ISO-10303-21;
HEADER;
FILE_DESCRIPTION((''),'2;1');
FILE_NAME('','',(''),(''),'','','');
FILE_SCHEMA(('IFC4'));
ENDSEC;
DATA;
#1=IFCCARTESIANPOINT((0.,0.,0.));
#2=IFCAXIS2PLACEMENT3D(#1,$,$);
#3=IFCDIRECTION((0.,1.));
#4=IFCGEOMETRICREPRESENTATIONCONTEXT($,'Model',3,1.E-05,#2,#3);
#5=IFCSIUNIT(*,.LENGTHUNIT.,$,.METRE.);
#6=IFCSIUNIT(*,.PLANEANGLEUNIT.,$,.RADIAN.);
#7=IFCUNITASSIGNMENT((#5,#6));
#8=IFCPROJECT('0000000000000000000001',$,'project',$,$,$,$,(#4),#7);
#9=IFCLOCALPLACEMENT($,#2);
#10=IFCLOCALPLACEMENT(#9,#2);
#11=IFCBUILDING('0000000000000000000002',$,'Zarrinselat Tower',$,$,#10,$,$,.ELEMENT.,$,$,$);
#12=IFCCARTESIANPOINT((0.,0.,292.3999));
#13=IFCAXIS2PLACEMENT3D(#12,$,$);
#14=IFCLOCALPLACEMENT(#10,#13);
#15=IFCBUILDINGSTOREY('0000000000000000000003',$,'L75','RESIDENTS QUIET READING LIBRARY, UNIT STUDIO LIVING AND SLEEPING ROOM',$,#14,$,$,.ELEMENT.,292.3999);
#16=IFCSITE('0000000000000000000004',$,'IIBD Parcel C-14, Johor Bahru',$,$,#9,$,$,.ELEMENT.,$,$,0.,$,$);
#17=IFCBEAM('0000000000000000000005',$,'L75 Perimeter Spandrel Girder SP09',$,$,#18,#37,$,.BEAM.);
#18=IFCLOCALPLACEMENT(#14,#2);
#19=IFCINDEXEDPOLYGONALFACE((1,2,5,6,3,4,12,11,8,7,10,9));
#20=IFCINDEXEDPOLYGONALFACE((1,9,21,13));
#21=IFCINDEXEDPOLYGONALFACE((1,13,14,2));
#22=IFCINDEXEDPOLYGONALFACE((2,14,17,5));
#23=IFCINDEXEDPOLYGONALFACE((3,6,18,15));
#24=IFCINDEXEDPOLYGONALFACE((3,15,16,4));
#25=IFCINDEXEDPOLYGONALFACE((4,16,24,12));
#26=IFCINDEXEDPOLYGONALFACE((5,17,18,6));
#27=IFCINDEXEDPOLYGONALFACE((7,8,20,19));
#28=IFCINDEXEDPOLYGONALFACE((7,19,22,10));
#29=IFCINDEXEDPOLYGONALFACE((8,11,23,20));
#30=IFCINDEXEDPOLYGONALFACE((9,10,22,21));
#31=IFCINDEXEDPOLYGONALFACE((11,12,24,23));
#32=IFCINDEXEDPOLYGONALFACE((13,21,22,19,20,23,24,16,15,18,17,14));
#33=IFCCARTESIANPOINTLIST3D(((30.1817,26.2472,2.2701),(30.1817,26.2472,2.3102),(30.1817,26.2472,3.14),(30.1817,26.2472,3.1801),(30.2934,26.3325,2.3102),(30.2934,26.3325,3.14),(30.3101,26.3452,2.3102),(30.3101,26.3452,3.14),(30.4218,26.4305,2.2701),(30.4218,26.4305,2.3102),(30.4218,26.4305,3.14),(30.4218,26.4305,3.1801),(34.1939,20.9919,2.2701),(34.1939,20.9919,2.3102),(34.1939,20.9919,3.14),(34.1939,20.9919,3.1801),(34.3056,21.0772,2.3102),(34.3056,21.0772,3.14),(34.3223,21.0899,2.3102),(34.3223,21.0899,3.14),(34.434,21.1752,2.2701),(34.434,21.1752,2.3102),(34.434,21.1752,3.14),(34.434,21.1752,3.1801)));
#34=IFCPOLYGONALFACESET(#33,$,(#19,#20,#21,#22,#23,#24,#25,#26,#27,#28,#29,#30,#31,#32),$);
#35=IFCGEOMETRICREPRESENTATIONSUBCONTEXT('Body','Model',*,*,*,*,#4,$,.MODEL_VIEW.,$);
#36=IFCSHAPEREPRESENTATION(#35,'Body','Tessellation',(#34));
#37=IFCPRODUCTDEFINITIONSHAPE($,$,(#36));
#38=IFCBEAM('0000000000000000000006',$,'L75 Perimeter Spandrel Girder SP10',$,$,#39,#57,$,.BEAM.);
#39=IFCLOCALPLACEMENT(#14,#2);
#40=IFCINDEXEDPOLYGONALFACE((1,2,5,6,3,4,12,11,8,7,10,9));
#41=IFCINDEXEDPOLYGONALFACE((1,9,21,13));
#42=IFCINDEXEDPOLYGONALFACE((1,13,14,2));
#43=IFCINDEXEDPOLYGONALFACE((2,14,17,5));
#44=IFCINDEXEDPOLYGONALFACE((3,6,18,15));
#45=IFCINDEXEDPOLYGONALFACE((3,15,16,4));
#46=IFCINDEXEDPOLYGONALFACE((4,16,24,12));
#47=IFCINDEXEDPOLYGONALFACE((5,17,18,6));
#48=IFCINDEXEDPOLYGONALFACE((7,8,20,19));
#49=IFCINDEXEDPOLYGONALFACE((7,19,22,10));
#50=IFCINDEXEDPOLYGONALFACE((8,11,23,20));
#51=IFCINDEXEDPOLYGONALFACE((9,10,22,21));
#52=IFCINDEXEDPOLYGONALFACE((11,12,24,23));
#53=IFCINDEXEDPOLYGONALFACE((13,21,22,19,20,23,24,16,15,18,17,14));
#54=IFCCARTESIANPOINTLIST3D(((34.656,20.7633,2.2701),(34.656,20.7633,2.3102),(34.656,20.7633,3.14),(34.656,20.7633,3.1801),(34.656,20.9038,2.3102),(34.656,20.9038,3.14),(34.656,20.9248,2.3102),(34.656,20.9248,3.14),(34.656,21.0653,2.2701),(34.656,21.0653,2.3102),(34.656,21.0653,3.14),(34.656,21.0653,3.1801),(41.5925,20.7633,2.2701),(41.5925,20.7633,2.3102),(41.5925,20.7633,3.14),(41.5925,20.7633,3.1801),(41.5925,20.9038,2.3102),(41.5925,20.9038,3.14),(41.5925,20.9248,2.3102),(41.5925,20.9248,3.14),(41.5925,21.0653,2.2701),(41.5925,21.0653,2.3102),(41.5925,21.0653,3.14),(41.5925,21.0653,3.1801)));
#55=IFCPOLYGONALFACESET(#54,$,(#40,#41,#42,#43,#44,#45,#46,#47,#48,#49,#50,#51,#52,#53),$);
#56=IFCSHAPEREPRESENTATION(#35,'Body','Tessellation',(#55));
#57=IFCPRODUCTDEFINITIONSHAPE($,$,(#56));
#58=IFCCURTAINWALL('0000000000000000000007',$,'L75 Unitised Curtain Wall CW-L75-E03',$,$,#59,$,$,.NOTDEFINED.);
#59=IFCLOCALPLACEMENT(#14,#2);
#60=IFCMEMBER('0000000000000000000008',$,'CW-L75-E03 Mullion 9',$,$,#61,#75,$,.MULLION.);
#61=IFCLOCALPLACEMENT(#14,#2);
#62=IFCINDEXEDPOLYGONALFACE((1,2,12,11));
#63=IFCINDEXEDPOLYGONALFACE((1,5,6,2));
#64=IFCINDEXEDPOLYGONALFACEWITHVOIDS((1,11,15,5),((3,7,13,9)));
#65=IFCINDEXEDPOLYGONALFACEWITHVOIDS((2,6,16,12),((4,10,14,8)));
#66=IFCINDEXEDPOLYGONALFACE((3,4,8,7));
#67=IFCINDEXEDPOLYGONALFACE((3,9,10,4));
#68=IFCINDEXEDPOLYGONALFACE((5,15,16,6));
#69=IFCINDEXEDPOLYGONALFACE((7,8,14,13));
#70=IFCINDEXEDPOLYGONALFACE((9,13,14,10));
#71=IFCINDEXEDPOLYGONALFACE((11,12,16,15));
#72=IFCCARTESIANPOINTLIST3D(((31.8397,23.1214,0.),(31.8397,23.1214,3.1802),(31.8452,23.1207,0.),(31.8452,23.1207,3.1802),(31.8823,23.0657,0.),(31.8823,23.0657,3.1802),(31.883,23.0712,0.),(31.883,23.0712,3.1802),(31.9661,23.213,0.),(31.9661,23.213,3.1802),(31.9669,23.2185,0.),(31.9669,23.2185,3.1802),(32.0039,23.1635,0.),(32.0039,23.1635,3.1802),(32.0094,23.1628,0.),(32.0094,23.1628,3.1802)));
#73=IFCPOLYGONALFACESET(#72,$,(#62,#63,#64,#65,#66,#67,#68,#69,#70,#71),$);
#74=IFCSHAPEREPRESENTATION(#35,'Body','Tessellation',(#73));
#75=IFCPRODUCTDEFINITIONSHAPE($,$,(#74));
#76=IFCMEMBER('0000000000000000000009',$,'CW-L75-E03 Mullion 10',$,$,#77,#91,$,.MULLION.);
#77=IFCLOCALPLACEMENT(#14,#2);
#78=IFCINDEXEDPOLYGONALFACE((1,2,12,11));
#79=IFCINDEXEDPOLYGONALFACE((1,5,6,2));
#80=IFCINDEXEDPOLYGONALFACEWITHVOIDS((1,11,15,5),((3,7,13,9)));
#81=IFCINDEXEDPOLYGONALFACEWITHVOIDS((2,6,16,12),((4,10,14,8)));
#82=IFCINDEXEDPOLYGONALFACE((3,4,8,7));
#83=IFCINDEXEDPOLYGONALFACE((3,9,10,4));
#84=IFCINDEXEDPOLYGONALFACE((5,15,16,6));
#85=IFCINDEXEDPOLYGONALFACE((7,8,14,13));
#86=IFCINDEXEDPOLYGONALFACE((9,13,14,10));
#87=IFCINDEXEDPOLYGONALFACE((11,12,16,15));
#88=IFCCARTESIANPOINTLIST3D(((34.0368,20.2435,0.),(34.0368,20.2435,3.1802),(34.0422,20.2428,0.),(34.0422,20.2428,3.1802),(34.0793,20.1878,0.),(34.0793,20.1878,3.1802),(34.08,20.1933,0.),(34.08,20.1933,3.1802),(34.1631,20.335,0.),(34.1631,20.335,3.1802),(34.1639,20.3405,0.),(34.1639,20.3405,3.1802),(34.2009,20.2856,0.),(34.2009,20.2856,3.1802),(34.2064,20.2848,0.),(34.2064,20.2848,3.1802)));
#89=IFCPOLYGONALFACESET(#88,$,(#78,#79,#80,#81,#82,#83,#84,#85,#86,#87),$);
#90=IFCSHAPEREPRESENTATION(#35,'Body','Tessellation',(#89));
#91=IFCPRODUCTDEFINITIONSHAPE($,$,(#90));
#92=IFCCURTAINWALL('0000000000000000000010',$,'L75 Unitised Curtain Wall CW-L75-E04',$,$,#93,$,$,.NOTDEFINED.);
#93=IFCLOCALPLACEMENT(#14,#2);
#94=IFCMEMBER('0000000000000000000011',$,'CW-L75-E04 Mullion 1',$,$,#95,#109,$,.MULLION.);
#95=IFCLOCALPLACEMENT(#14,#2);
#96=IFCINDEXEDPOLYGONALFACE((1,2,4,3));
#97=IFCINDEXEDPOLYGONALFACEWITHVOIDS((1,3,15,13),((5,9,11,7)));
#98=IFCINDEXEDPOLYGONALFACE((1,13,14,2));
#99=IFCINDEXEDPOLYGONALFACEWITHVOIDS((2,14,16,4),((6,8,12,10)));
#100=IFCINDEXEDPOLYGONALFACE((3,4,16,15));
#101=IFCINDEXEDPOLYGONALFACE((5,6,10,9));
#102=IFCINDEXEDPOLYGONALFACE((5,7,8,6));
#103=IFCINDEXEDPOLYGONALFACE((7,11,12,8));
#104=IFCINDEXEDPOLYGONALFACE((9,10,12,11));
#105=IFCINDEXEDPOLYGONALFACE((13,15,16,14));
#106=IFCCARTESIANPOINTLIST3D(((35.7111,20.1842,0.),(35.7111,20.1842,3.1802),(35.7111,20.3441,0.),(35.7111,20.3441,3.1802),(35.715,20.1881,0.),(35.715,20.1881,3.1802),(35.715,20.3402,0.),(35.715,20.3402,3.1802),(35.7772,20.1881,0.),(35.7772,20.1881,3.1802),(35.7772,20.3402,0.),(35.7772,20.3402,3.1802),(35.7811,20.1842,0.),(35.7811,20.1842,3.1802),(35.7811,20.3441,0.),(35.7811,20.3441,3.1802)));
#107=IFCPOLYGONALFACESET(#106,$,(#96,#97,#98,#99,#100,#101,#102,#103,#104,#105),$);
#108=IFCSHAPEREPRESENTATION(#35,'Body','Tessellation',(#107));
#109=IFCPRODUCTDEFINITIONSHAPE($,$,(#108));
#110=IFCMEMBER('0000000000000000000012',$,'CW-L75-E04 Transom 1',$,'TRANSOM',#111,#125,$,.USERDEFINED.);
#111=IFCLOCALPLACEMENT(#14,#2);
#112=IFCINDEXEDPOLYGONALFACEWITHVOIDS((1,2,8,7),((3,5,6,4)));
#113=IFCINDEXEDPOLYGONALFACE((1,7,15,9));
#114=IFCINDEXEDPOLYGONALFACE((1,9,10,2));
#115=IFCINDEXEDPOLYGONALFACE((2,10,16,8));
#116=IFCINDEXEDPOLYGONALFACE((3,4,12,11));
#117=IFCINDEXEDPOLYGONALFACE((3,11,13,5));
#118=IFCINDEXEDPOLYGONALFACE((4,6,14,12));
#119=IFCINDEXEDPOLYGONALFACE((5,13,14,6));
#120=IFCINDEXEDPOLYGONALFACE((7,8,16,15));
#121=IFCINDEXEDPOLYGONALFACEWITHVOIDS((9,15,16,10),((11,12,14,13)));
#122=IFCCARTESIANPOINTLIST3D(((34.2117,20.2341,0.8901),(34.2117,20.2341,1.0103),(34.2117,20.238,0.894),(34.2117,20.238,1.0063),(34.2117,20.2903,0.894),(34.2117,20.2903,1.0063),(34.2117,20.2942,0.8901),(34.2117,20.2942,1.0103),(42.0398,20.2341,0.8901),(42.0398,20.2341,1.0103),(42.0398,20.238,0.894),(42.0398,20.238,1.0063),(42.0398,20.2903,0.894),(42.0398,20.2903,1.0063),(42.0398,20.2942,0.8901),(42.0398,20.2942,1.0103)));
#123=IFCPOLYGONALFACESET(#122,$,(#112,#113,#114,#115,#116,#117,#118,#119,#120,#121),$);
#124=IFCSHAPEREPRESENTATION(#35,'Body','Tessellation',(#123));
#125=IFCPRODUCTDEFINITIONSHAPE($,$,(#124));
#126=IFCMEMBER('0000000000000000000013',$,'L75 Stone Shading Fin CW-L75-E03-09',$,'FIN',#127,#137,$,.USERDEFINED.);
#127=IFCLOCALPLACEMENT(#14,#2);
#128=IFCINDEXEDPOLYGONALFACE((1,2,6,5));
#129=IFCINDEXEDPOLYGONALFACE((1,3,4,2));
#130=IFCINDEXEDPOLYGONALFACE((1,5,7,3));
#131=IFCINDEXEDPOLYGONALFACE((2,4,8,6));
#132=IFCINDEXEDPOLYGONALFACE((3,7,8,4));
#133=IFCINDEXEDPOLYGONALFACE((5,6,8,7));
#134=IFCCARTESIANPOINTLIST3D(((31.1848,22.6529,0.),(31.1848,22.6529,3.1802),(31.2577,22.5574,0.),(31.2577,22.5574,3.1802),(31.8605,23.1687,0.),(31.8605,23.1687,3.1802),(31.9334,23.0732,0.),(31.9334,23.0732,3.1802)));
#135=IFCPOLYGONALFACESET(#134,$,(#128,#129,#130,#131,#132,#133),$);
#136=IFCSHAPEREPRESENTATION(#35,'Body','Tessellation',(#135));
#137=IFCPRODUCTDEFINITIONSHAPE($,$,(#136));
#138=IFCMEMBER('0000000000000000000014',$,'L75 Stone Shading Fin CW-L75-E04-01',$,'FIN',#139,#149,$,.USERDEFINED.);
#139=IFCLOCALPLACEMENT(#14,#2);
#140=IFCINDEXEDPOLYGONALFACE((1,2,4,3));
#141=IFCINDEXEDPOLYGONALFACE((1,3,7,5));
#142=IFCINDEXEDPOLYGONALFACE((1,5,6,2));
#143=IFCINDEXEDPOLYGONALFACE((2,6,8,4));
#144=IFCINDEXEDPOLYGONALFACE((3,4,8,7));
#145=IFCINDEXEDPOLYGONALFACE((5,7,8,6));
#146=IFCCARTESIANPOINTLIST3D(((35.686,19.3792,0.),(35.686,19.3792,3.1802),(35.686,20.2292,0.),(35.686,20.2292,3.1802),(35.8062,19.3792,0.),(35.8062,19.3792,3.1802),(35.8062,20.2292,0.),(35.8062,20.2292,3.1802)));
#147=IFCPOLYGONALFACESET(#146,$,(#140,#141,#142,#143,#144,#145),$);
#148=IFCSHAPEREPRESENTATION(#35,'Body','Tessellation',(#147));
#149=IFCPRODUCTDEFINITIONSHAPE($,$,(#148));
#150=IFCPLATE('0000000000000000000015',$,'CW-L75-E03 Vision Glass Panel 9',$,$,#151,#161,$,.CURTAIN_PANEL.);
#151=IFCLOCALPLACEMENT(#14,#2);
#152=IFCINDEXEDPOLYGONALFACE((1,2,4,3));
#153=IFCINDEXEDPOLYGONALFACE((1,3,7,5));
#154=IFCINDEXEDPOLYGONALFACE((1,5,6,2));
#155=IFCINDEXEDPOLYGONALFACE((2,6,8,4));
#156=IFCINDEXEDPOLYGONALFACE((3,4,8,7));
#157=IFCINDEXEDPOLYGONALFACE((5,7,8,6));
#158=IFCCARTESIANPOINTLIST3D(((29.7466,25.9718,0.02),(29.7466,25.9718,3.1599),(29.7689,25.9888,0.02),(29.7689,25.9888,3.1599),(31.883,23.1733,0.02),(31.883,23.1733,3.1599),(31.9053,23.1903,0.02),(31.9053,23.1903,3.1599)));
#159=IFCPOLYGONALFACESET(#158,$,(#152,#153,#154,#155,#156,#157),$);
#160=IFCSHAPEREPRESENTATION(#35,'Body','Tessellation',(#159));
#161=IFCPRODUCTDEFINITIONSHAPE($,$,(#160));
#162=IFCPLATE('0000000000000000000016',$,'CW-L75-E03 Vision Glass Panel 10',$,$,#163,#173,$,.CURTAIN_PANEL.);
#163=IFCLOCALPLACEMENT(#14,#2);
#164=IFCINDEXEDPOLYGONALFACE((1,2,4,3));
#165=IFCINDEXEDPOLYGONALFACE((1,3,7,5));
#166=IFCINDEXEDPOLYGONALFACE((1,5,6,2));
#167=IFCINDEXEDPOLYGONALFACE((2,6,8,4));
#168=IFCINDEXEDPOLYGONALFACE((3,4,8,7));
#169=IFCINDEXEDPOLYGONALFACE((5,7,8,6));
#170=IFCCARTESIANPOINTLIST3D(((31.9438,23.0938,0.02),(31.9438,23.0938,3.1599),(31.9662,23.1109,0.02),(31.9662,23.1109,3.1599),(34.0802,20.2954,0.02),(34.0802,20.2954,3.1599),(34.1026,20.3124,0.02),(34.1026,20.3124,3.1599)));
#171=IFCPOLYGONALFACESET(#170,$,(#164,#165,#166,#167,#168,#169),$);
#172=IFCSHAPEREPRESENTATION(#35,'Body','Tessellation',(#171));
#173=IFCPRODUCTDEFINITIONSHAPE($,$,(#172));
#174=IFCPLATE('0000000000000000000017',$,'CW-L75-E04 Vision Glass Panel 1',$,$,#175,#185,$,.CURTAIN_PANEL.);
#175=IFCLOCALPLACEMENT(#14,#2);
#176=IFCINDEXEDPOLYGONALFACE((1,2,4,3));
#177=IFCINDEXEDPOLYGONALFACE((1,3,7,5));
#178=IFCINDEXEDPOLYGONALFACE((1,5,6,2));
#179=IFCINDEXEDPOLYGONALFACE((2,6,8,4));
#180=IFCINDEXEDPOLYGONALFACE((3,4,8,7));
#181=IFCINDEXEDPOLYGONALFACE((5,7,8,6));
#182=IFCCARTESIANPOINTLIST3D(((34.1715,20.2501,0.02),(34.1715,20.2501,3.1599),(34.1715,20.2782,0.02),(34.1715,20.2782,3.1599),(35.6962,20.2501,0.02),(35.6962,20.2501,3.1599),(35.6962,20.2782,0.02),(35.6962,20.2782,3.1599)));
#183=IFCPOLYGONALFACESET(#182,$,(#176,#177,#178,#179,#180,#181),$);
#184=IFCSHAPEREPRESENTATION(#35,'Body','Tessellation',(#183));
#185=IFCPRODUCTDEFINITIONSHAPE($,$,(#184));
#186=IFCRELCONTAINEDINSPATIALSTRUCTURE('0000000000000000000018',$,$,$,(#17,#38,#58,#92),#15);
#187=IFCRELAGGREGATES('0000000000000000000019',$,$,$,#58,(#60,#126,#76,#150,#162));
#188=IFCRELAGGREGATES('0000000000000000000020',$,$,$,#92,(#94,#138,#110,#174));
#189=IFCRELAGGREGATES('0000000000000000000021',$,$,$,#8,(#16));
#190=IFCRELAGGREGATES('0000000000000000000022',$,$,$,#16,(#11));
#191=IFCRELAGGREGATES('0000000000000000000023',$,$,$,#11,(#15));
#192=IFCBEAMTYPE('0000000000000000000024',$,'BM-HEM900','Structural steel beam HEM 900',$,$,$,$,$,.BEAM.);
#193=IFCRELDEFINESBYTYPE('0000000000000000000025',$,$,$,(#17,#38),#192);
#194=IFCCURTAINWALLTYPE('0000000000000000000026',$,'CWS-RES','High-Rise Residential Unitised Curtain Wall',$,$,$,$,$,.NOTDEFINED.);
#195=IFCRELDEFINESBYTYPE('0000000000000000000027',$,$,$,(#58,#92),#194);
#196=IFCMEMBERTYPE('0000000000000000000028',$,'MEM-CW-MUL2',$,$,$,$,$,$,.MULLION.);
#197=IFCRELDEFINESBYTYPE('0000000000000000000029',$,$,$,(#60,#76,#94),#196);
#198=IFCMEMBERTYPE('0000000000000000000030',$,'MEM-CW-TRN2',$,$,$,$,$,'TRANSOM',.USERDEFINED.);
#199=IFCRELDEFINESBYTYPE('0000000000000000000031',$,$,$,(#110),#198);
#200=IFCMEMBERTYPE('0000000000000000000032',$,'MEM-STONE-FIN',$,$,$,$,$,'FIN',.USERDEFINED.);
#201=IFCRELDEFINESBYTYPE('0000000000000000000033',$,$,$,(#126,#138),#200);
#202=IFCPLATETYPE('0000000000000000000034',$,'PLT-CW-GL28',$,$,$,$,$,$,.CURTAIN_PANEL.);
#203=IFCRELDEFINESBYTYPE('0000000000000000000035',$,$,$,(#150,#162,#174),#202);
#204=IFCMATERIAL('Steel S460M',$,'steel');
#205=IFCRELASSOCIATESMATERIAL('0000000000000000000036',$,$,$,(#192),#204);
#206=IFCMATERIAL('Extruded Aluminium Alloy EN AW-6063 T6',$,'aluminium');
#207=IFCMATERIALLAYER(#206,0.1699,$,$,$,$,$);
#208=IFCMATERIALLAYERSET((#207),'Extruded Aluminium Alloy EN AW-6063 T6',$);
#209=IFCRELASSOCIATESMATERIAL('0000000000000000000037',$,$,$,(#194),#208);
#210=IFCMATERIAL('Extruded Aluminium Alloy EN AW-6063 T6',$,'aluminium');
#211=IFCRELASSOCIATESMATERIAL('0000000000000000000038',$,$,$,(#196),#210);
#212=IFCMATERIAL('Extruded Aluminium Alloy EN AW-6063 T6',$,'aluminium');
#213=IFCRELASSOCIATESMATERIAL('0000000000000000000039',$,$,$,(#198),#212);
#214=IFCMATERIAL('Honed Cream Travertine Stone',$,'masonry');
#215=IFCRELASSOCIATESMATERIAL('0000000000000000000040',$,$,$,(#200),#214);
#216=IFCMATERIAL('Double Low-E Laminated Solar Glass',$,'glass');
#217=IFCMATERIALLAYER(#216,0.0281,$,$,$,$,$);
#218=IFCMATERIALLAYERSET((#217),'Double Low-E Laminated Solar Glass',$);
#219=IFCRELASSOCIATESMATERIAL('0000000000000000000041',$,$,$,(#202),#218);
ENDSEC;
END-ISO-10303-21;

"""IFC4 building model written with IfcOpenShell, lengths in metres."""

from ifc_helpers import new_model, si_unit, direction, frame, origin, origin_2d, place, context, subcontext, project, spatial, rectangle, hollow_rectangle, i_section, extrude, material, layer, layer_set, material_profile, profile_set, type_object, element, aggregate, save


model = new_model("IFC4")

# Units and contexts
model_context = context("Model", 3, precision=1e-05, world=origin(), true_north=direction((0.0, 1.0)))
body_context = subcontext(model_context, "Body", "Model", "MODEL_VIEW")
ifc_project = project(units=[si_unit("LENGTHUNIT", "METRE"), si_unit("PLANEANGLEUNIT", "RADIAN")], contexts=[model_context])

# Site, building, storey
site_placement = place(None, origin())
site = spatial("IfcSite", under=ifc_project, at=site_placement, Name="IIBD Parcel C-14, Johor Bahru", CompositionType="ELEMENT", RefElevation=0.0)
building_placement = place(site_placement, origin())
building = spatial("IfcBuilding", under=site, at=building_placement, Name="Zarrinselat Tower", CompositionType="ELEMENT")
storey_placement = place(building_placement, frame((0.0, 0.0, 292.3999)))
storey = spatial("IfcBuildingStorey", under=building, at=storey_placement, Name="L75", Description="RESIDENTS QUIET READING LIBRARY, UNIT STUDIO LIVING AND SLEEPING ROOM", CompositionType="ELEMENT", Elevation=292.3999)

# Beams
ifc_material_1 = material(Name="Steel S460M", Category="steel")
ifc_material_profile_1 = material_profile(ifc_material_1, i_section(OverallWidth=0.302, OverallDepth=0.9099, WebThickness=0.021, FlangeThickness=0.04, at=origin_2d()), Name="HEM 900")
ifc_profile_set_1 = profile_set([ifc_material_profile_1], Name="Steel S460M")
beam_type_1 = type_object("IfcBeamType", Name="BM-HEM900", Description="Structural steel beam HEM 900", PredefinedType="BEAM", material=ifc_profile_set_1)
beam_1_placement = place(storey_placement, frame((30.3018, 26.3389, 2.7251), z_axis=(0.606819, -0.79484, 0.0), x_axis=(0.79484, 0.606819, 0.0)))
element("IfcBeam", 1, at=beam_1_placement, inside=storey, type_object=beam_type_1, Name="L75 Perimeter Spandrel Girder SP09", PredefinedType="BEAM", context=body_context, shape_type="SweptSolid", body=[
    extrude(i_section(OverallWidth=0.302, OverallDepth=0.9099, WebThickness=0.021, FlangeThickness=0.04, at=origin_2d()), origin(), (0.0, 0.0, 1.0), 6.6118),
])
beam_2_placement = place(storey_placement, frame((34.656, 20.9143, 2.7251), z_axis=(1.0, 0.0, 0.0), x_axis=(0.0, 1.0, 0.0)))
element("IfcBeam", 2, at=beam_2_placement, inside=storey, type_object=beam_type_1, Name="L75 Perimeter Spandrel Girder SP10", PredefinedType="BEAM", context=body_context, shape_type="SweptSolid", body=[
    extrude(i_section(OverallWidth=0.302, OverallDepth=0.9099, WebThickness=0.021, FlangeThickness=0.04, at=origin_2d()), origin(), (0.0, 0.0, 1.0), 6.9365),
])

# Curtain walls, members
ifc_material_2 = material(Name="Extruded Aluminium Alloy EN AW-6063 T6", Category="aluminium")
ifc_layer_1 = layer(ifc_material_2, 0.1699)
ifc_layer_set_1 = layer_set([ifc_layer_1], Name="Extruded Aluminium Alloy EN AW-6063 T6")
curtain_wall_type = type_object("IfcCurtainWallType", Name="CWS-RES", Description="High-Rise Residential Unitised Curtain Wall", PredefinedType="NOTDEFINED", material=ifc_layer_set_1)
curtain_wall_1_placement = place(storey_placement, origin())
curtain_wall_1 = element("IfcCurtainWall", 3, at=curtain_wall_1_placement, inside=storey, type_object=curtain_wall_type, Name="L75 Unitised Curtain Wall CW-L75-E03", PredefinedType="NOTDEFINED")
ifc_material_3 = material(Name="Extruded Aluminium Alloy EN AW-6063 T6", Category="aluminium")
ifc_material_profile_2 = material_profile(ifc_material_3, hollow_rectangle(XDim=0.0701, YDim=0.1599, WallThickness=0.0039, at=origin_2d()), Name="RHS 160x70x4")
ifc_profile_set_2 = profile_set([ifc_material_profile_2], Name="Extruded Aluminium Alloy EN AW-6063 T6")
member_type_1 = type_object("IfcMemberType", Name="MEM-CW-MUL2", PredefinedType="MULLION", material=ifc_profile_set_2)
member_1_placement = place(storey_placement, frame((31.9246, 23.1421, 0.0), z_axis=(0.0, 0.0, 1.0), x_axis=(0.606802, -0.794853, 0.0)))
member_1 = element("IfcMember", 4, at=member_1_placement, type_object=member_type_1, Name="CW-L75-E03 Mullion 9", PredefinedType="MULLION", context=body_context, shape_type="SweptSolid", body=[
    extrude(hollow_rectangle(XDim=0.0701, YDim=0.1599, WallThickness=0.0039, at=origin_2d()), origin(), (0.0, 0.0, 1.0), 3.1802),
])
member_2_placement = place(storey_placement, frame((34.1216, 20.2642, 0.0), z_axis=(0.0, 0.0, 1.0), x_axis=(0.606802, -0.794853, 0.0)))
member_2 = element("IfcMember", 5, at=member_2_placement, type_object=member_type_1, Name="CW-L75-E03 Mullion 10", PredefinedType="MULLION", context=body_context, shape_type="SweptSolid", body=[
    extrude(hollow_rectangle(XDim=0.0701, YDim=0.1599, WallThickness=0.0039, at=origin_2d()), origin(), (0.0, 0.0, 1.0), 3.1802),
])
curtain_wall_2_placement = place(storey_placement, origin())
curtain_wall_2 = element("IfcCurtainWall", 6, at=curtain_wall_2_placement, inside=storey, type_object=curtain_wall_type, Name="L75 Unitised Curtain Wall CW-L75-E04", PredefinedType="NOTDEFINED")
member_3_placement = place(storey_placement, frame((35.7461, 20.2642, 0.0), z_axis=(0.0, 0.0, 1.0), x_axis=(1.0, 0.0, 0.0)))
member_3 = element("IfcMember", 7, at=member_3_placement, type_object=member_type_1, Name="CW-L75-E04 Mullion 1", PredefinedType="MULLION", context=body_context, shape_type="SweptSolid", body=[
    extrude(hollow_rectangle(XDim=0.0701, YDim=0.1599, WallThickness=0.0039, at=origin_2d()), origin(), (0.0, 0.0, 1.0), 3.1802),
])
ifc_material_4 = material(Name="Extruded Aluminium Alloy EN AW-6063 T6", Category="aluminium")
ifc_material_profile_3 = material_profile(ifc_material_4, hollow_rectangle(XDim=0.0601, YDim=0.1201, WallThickness=0.0039, at=origin_2d()), Name="RHS 120x60x4")
ifc_profile_set_3 = profile_set([ifc_material_profile_3], Name="Extruded Aluminium Alloy EN AW-6063 T6")
member_type_2 = type_object("IfcMemberType", Name="MEM-CW-TRN2", ElementType="TRANSOM", PredefinedType="USERDEFINED", material=ifc_profile_set_3)
member_4_placement = place(storey_placement, frame((34.2117, 20.2642, 0.9502), z_axis=(1.0, 0.0, 0.0), x_axis=(0.0, 1.0, 0.0)))
member_4 = element("IfcMember", 8, at=member_4_placement, type_object=member_type_2, Name="CW-L75-E04 Transom 1", ObjectType="TRANSOM", PredefinedType="USERDEFINED", context=body_context, shape_type="SweptSolid", body=[
    extrude(hollow_rectangle(XDim=0.0601, YDim=0.1201, WallThickness=0.0039, at=origin_2d()), origin(), (0.0, 0.0, 1.0), 7.8281),
])

# Members
ifc_material_5 = material(Name="Honed Cream Travertine Stone", Category="masonry")
ifc_material_profile_4 = material_profile(ifc_material_5, rectangle(XDim=0.1201, YDim=0.8501, at=origin_2d()), Name="FIN 850x120")
ifc_profile_set_4 = profile_set([ifc_material_profile_4], Name="Honed Cream Travertine Stone")
member_type_3 = type_object("IfcMemberType", Name="MEM-STONE-FIN", ElementType="FIN", PredefinedType="USERDEFINED", material=ifc_profile_set_4)
member_5_placement = place(storey_placement, frame((31.5591, 22.863, 0.0), z_axis=(0.0, 0.0, 1.0), x_axis=(-0.606802, 0.794853, 0.0)))
member_5 = element("IfcMember", 9, at=member_5_placement, type_object=member_type_3, Name="L75 Stone Shading Fin CW-L75-E03-09", ObjectType="FIN", PredefinedType="USERDEFINED", context=body_context, shape_type="SweptSolid", body=[
    extrude(rectangle(XDim=0.1201, YDim=0.8501, at=origin_2d()), origin(), (0.0, 0.0, 1.0), 3.1802),
])
member_6_placement = place(storey_placement, frame((35.7461, 19.8042, 0.0), z_axis=(0.0, 0.0, 1.0), x_axis=(-1.0, 0.0, 0.0)))
member_6 = element("IfcMember", 10, at=member_6_placement, type_object=member_type_3, Name="L75 Stone Shading Fin CW-L75-E04-01", ObjectType="FIN", PredefinedType="USERDEFINED", context=body_context, shape_type="SweptSolid", body=[
    extrude(rectangle(XDim=0.1201, YDim=0.8501, at=origin_2d()), origin(), (0.0, 0.0, 1.0), 3.1802),
])

# Plates
ifc_material_6 = material(Name="Double Low-E Laminated Solar Glass", Category="glass")
ifc_layer_2 = layer(ifc_material_6, 0.0281)
ifc_layer_set_2 = layer_set([ifc_layer_2], Name="Double Low-E Laminated Solar Glass")
plate_type = type_object("IfcPlateType", Name="PLT-CW-GL28", PredefinedType="CURTAIN_PANEL", material=ifc_layer_set_2)
plate_1_placement = place(storey_placement, frame((30.8259, 24.5811, 0.02), z_axis=(0.0, 0.0, 1.0), x_axis=(0.606802, -0.794853, 0.0)))
plate_1 = element("IfcPlate", 11, at=plate_1_placement, type_object=plate_type, Name="CW-L75-E03 Vision Glass Panel 9", PredefinedType="CURTAIN_PANEL", context=body_context, shape_type="SweptSolid", body=[
    extrude(rectangle(XDim=3.5208, YDim=0.0281, at=origin_2d()), origin(), (0.0, 0.0, 1.0), 3.1399),
])
plate_2_placement = place(storey_placement, frame((33.0232, 21.7031, 0.02), z_axis=(0.0, 0.0, 1.0), x_axis=(0.606802, -0.794853, 0.0)))
plate_2 = element("IfcPlate", 12, at=plate_2_placement, type_object=plate_type, Name="CW-L75-E03 Vision Glass Panel 10", PredefinedType="CURTAIN_PANEL", context=body_context, shape_type="SweptSolid", body=[
    extrude(rectangle(XDim=3.5208, YDim=0.0281, at=origin_2d()), origin(), (0.0, 0.0, 1.0), 3.1399),
])
aggregate(curtain_wall_1, [member_1, member_5, member_2, plate_1, plate_2])
plate_3_placement = place(storey_placement, frame((34.9338, 20.2642, 0.02), z_axis=(0.0, 0.0, 1.0), x_axis=(1.0, 0.0, 0.0)))
plate_3 = element("IfcPlate", 13, at=plate_3_placement, type_object=plate_type, Name="CW-L75-E04 Vision Glass Panel 1", PredefinedType="CURTAIN_PANEL", context=body_context, shape_type="SweptSolid", body=[
    extrude(rectangle(XDim=1.5247, YDim=0.0281, at=origin_2d()), origin(), (0.0, 0.0, 1.0), 3.1399),
])
aggregate(curtain_wall_2, [member_3, member_6, member_4, plate_3])

save(model, "model.ifc")
